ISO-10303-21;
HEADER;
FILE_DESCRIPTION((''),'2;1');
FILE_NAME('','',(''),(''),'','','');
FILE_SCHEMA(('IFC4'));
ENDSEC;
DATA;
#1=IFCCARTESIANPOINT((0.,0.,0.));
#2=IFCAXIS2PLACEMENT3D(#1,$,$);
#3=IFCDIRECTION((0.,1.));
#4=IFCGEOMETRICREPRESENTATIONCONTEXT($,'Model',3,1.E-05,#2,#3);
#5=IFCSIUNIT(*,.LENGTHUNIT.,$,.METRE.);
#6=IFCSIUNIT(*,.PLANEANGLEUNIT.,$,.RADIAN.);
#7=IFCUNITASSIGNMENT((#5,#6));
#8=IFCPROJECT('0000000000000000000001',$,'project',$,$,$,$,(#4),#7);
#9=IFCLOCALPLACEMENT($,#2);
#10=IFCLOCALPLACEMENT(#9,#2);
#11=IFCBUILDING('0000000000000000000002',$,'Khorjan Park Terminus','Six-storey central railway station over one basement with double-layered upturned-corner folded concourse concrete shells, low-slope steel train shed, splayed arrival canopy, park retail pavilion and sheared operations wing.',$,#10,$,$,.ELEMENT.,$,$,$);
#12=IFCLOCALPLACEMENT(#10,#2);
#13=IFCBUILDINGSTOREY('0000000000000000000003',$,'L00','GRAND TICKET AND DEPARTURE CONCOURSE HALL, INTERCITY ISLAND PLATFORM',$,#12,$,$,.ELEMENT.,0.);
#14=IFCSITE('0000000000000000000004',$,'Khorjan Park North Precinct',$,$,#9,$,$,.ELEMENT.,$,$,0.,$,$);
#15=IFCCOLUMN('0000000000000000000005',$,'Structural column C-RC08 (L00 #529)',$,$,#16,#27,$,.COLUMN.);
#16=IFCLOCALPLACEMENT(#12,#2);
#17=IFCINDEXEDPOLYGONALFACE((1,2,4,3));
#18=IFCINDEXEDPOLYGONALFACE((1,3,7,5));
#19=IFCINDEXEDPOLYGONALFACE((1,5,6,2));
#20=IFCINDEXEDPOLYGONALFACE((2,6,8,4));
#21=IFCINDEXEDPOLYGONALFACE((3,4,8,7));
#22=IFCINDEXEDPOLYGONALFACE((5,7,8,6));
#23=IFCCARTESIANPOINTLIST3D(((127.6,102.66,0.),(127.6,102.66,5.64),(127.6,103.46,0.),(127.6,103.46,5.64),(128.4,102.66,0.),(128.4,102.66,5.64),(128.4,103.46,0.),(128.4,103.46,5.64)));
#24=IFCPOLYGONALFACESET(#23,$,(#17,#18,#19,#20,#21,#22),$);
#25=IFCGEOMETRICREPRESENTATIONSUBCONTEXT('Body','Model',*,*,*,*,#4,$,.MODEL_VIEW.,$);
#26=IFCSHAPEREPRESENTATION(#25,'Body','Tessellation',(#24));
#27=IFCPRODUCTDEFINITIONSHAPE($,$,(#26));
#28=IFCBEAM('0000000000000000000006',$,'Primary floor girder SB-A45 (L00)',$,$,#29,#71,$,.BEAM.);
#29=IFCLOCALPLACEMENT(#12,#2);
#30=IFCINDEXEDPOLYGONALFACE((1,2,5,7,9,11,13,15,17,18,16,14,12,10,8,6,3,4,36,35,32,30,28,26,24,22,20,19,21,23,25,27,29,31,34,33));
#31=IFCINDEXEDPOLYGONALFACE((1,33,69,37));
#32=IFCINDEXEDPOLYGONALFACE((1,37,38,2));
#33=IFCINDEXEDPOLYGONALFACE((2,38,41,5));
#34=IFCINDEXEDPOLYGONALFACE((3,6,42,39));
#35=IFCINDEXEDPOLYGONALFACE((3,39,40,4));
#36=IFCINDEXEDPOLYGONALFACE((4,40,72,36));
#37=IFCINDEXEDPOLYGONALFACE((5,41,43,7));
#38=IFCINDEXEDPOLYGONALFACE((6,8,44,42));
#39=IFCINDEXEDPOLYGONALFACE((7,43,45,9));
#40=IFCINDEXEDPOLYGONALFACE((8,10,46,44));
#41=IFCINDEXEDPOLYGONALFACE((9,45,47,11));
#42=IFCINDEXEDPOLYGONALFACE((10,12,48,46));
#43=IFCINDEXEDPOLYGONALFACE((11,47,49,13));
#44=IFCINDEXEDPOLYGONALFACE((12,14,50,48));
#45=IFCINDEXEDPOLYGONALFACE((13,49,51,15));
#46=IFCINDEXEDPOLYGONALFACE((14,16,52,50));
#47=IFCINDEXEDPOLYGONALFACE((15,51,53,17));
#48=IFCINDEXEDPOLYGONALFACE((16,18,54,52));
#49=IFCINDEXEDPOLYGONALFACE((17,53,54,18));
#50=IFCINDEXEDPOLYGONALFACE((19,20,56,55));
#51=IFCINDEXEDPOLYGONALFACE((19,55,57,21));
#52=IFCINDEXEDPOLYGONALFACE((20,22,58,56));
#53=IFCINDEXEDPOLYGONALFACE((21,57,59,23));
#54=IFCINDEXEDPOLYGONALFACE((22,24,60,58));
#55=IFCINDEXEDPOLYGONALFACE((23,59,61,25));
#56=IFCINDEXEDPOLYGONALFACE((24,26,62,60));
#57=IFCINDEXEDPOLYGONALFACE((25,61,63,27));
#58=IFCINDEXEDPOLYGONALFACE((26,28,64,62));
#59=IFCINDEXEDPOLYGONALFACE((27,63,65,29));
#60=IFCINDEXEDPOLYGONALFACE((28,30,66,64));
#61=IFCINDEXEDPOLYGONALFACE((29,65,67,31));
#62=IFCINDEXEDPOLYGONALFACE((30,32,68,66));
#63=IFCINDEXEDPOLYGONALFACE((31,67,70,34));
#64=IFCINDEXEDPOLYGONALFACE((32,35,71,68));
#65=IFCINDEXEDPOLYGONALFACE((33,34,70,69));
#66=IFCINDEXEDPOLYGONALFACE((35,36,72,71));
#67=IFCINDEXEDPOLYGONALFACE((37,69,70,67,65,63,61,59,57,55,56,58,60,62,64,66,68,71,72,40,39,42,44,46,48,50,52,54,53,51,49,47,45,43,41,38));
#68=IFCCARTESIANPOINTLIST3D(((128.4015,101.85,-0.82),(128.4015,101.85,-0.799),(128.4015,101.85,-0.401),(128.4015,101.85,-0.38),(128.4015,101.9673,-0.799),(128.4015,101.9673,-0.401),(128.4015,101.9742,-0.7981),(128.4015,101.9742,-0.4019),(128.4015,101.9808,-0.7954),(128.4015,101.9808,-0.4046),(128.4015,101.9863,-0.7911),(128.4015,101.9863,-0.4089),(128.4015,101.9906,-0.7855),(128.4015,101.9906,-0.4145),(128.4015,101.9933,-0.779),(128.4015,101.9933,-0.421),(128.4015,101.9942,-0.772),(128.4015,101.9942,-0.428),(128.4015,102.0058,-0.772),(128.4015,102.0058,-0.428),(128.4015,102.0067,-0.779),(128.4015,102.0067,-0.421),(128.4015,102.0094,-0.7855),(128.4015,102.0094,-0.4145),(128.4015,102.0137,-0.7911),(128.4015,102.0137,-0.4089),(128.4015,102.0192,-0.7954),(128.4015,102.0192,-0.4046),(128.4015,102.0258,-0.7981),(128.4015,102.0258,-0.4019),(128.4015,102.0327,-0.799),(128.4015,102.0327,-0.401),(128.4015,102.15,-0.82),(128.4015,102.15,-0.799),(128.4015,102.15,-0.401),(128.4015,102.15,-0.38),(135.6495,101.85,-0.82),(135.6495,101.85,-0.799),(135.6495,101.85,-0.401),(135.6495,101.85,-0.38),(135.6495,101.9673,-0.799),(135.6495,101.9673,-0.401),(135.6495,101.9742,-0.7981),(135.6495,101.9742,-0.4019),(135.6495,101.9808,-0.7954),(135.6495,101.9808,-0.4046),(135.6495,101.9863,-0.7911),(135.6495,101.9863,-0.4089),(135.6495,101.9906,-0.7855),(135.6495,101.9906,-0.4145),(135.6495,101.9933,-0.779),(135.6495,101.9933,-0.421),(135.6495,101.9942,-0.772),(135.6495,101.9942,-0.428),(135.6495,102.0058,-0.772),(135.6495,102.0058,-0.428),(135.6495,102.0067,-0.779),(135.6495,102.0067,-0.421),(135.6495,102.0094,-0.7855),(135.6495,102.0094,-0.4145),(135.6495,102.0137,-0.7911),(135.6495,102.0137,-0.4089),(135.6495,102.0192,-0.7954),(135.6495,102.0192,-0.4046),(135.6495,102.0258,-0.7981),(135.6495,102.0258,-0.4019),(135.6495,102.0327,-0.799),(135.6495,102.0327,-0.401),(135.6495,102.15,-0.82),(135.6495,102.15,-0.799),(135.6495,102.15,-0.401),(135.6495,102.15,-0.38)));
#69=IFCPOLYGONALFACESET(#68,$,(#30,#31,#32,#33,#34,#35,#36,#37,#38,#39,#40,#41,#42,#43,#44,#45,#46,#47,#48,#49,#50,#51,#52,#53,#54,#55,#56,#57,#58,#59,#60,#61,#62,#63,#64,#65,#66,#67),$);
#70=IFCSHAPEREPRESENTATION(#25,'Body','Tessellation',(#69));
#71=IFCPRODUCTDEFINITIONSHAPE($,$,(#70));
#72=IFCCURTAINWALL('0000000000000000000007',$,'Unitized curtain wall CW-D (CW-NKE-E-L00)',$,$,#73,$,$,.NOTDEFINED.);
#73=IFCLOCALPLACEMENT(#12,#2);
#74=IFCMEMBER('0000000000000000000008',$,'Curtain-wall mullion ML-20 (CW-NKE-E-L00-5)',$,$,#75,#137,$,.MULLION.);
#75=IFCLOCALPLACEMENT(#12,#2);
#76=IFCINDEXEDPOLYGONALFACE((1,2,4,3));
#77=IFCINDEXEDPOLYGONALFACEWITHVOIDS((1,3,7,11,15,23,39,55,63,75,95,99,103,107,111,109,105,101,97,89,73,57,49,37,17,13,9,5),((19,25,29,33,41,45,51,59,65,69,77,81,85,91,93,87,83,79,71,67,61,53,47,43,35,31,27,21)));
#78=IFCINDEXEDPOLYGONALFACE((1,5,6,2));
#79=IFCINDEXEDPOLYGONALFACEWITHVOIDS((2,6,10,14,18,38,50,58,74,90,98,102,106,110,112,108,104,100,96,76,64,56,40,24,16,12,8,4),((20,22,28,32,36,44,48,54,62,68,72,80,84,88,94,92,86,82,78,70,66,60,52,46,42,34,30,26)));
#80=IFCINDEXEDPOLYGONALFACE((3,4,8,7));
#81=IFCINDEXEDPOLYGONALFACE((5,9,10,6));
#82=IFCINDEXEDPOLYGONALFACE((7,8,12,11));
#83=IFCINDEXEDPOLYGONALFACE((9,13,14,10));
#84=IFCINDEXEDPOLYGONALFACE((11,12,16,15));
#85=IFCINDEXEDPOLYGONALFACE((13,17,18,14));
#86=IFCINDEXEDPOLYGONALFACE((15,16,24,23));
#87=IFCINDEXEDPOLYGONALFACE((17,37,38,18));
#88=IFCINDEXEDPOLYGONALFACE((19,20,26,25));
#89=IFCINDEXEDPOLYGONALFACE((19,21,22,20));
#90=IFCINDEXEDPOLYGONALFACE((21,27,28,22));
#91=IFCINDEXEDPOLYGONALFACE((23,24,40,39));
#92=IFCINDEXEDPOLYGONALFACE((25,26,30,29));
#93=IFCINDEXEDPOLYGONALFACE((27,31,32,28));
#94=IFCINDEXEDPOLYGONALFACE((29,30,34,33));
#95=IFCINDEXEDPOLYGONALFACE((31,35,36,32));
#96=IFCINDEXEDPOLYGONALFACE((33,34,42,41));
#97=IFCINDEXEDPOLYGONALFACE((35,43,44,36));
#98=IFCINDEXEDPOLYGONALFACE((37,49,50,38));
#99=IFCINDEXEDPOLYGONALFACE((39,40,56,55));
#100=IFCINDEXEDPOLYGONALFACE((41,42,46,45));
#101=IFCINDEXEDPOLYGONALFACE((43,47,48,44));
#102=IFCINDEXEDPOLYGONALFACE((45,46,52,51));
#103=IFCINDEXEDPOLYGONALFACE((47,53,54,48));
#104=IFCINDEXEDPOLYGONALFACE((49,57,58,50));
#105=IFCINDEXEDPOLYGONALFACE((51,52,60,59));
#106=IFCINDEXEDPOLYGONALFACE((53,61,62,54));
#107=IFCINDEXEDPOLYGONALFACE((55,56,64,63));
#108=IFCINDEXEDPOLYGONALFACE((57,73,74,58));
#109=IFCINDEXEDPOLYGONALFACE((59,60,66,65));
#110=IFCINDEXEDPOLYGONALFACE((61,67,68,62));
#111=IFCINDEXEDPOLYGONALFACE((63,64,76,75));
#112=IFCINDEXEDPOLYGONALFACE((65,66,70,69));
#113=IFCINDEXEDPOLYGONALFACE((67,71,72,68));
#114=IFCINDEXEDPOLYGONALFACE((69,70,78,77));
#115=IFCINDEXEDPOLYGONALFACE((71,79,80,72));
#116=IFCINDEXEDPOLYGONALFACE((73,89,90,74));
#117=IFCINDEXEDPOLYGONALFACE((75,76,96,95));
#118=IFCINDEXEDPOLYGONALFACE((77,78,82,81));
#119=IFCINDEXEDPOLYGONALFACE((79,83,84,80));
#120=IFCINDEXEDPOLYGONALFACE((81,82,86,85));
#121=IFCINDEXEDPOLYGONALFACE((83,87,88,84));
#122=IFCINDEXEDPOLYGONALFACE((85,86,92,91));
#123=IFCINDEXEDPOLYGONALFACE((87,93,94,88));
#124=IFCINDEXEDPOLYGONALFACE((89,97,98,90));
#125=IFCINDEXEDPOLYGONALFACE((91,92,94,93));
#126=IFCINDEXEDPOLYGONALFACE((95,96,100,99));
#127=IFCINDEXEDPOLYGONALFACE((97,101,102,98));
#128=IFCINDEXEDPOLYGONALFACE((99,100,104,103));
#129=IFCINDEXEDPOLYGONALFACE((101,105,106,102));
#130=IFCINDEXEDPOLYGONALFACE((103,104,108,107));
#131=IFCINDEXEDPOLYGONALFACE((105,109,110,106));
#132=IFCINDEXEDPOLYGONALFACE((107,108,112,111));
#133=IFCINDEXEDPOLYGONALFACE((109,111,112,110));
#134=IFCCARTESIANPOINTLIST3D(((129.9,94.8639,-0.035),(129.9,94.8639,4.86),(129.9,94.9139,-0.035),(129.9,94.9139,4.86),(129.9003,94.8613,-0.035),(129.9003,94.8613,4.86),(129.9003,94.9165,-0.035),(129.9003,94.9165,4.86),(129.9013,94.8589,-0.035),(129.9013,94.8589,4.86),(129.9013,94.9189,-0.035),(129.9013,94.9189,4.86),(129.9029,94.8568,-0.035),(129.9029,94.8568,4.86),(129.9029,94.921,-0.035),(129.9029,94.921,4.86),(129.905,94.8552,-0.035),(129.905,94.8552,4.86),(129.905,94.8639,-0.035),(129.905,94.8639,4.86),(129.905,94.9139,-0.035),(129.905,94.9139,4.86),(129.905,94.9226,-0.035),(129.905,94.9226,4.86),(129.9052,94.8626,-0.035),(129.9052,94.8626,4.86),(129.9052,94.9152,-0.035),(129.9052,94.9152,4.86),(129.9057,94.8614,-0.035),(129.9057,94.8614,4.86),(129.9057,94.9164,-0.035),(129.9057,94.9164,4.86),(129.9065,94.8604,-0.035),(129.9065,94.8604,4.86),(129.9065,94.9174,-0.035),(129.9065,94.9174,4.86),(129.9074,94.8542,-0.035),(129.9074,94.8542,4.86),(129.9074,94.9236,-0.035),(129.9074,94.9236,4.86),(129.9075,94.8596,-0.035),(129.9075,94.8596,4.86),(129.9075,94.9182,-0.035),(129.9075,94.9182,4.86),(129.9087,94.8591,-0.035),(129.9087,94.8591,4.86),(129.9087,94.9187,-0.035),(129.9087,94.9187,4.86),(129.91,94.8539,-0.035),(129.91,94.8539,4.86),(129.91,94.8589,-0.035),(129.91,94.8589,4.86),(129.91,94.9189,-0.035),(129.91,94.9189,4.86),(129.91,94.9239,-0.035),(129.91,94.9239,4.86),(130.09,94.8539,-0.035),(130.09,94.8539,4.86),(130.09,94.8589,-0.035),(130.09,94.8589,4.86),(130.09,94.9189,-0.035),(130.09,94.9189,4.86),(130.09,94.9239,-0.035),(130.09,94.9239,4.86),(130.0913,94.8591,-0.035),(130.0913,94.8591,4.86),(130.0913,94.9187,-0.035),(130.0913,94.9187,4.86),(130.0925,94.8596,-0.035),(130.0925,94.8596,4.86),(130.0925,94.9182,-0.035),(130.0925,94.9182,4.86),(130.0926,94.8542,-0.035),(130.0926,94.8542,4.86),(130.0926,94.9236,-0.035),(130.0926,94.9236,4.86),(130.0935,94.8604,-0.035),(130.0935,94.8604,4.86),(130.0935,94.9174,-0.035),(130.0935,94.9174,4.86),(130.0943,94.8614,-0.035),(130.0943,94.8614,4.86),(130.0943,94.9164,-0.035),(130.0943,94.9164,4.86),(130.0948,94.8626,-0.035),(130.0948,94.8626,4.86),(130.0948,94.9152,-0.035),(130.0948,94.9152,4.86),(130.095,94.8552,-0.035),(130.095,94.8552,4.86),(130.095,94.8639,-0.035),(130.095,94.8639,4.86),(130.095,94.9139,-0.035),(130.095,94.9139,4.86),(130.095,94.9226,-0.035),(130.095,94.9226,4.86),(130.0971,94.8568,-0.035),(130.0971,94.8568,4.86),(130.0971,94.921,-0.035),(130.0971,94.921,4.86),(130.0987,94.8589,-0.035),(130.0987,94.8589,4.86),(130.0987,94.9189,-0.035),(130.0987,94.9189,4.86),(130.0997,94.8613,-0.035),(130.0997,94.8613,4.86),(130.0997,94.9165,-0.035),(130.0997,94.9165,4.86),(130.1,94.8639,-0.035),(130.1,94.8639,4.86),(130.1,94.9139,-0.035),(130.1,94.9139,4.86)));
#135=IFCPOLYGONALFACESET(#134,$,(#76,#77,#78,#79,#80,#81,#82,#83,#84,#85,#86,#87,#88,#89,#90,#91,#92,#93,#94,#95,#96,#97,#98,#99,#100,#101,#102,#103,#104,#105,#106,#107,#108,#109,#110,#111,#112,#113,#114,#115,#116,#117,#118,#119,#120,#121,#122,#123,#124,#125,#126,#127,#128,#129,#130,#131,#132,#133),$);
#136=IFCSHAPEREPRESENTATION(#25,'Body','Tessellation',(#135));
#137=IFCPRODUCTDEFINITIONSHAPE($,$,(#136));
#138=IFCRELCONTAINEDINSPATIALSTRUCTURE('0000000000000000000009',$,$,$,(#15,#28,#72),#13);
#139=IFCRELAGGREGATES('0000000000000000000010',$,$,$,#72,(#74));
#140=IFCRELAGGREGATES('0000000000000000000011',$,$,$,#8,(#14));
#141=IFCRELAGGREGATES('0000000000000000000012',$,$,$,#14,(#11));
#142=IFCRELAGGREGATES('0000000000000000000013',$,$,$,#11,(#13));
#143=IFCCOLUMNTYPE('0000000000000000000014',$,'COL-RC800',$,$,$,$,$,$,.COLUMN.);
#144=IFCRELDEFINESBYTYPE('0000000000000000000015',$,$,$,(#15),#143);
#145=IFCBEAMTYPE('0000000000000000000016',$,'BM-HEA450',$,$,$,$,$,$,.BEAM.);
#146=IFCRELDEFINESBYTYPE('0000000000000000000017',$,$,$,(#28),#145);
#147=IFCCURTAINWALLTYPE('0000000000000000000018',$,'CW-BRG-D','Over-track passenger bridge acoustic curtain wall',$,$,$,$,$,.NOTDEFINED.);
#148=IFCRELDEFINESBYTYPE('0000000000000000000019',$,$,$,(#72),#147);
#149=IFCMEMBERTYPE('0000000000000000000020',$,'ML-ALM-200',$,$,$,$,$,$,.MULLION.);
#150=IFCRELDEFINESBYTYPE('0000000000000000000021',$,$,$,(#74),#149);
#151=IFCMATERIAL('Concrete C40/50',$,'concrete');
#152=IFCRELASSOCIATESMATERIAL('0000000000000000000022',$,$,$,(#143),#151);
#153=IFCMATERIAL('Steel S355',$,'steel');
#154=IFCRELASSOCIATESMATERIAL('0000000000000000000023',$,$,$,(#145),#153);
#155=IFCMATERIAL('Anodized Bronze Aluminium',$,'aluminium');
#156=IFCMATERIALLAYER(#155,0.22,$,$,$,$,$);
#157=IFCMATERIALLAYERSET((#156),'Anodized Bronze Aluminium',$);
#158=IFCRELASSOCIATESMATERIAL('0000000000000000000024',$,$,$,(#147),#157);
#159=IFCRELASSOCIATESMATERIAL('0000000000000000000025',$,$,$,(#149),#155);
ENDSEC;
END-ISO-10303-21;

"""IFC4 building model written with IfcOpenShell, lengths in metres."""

from ifc_helpers import new_model, si_unit, direction, frame, origin, origin_2d, place, context, subcontext, project, spatial, rectangle, hollow_rectangle, i_section, extrude, material, layer, layer_set, material_profile, profile_set, type_object, element, aggregate, save


model = new_model("IFC4")

# Units and contexts
model_context = context("Model", 3, precision=1e-05, world=origin(), true_north=direction((0.0, 1.0)))
body_context = subcontext(model_context, "Body", "Model", "MODEL_VIEW")
ifc_project = project(units=[si_unit("LENGTHUNIT", "METRE"), si_unit("PLANEANGLEUNIT", "RADIAN")], contexts=[model_context])

# Site, building, storey
site_placement = place(None, origin())
site = spatial("IfcSite", under=ifc_project, at=site_placement, Name="Khorjan Park North Precinct", CompositionType="ELEMENT", RefElevation=0.0)
building_placement = place(site_placement, origin())
building = spatial("IfcBuilding", under=site, at=building_placement, Name="Khorjan Park Terminus", Description="Six-storey central railway station over one basement with double-layered upturned-corner folded concourse concrete shells, low-slope steel train shed, splayed arrival canopy, park retail pavilion and sheared operations wing.", CompositionType="ELEMENT")
storey_placement = place(building_placement, origin())
storey = spatial("IfcBuildingStorey", under=building, at=storey_placement, Name="L00", Description="GRAND TICKET AND DEPARTURE CONCOURSE HALL, INTERCITY ISLAND PLATFORM", CompositionType="ELEMENT", Elevation=0.0)

# Column
ifc_material_1 = material(Name="Concrete C40/50", Category="concrete")
ifc_material_profile_1 = material_profile(ifc_material_1, rectangle(XDim=0.8, YDim=0.8, at=origin_2d()), Name="RC 800x800")
ifc_profile_set_1 = profile_set([ifc_material_profile_1], Name="Concrete C40/50")
column_type = type_object("IfcColumnType", Name="COL-RC800", PredefinedType="COLUMN", material=ifc_profile_set_1)
column_placement = place(storey_placement, frame((128.0, 103.06, 0.0), z_axis=(0.0, 0.0, 1.0), x_axis=(1.0, 0.0, 0.0)))
element("IfcColumn", 1, at=column_placement, inside=storey, type_object=column_type, Name="Structural column C-RC08 (L00 #529)", PredefinedType="COLUMN", context=body_context, shape_type="SweptSolid", body=[
    extrude(rectangle(XDim=0.8, YDim=0.8, at=origin_2d()), origin(), (0.0, 0.0, 1.0), 5.64),
])

# Beam
ifc_material_2 = material(Name="Steel S355", Category="steel")
ifc_material_profile_2 = material_profile(ifc_material_2, i_section(OverallWidth=0.3, OverallDepth=0.44, WebThickness=0.0115, FlangeThickness=0.021, FilletRadius=0.027, at=origin_2d()), Name="HEA 450")
ifc_profile_set_2 = profile_set([ifc_material_profile_2], Name="Steel S355")
beam_type = type_object("IfcBeamType", Name="BM-HEA450", PredefinedType="BEAM", material=ifc_profile_set_2)
beam_placement = place(storey_placement, frame((128.4015, 102.0, -0.6), z_axis=(1.0, 0.0, 0.0), x_axis=(0.0, 1.0, 0.0)))
element("IfcBeam", 2, at=beam_placement, inside=storey, type_object=beam_type, Name="Primary floor girder SB-A45 (L00)", PredefinedType="BEAM", context=body_context, shape_type="SweptSolid", body=[
    extrude(i_section(OverallWidth=0.3, OverallDepth=0.44, WebThickness=0.0115, FlangeThickness=0.021, FilletRadius=0.027, at=origin_2d()), origin(), (0.0, 0.0, 1.0), 7.248),
])

# Curtain wall, member
ifc_material_3 = material(Name="Anodized Bronze Aluminium", Category="aluminium")
ifc_layer_1 = layer(ifc_material_3, 0.22)
ifc_layer_set_1 = layer_set([ifc_layer_1], Name="Anodized Bronze Aluminium")
curtain_wall_type = type_object("IfcCurtainWallType", Name="CW-BRG-D", Description="Over-track passenger bridge acoustic curtain wall", PredefinedType="NOTDEFINED", material=ifc_layer_set_1)
curtain_wall_placement = place(storey_placement, origin())
curtain_wall = element("IfcCurtainWall", 3, at=curtain_wall_placement, inside=storey, type_object=curtain_wall_type, Name="Unitized curtain wall CW-D (CW-NKE-E-L00)", PredefinedType="NOTDEFINED")
ifc_material_profile_3 = material_profile(ifc_material_3, hollow_rectangle(XDim=0.07, YDim=0.2, WallThickness=0.005, InnerFilletRadius=0.005, OuterFilletRadius=0.01, at=origin_2d()), Name="ALM 70x200x5")
ifc_profile_set_3 = profile_set([ifc_material_profile_3], Name="Anodized Bronze Aluminium")
member_type_1 = type_object("IfcMemberType", Name="ML-ALM-200", PredefinedType="MULLION", material=ifc_profile_set_3)
member_1_placement = place(storey_placement, frame((130.0, 94.8889, -0.035), z_axis=(0.0, 0.0, 1.0), x_axis=(0.0, 1.0, 0.0)))
member_1 = element("IfcMember", 4, at=member_1_placement, type_object=member_type_1, Name="Curtain-wall mullion ML-20 (CW-NKE-E-L00-5)", PredefinedType="MULLION", context=body_context, shape_type="SweptSolid", body=[
    extrude(hollow_rectangle(XDim=0.07, YDim=0.2, WallThickness=0.005, InnerFilletRadius=0.005, OuterFilletRadius=0.01, at=origin_2d()), origin(), (0.0, 0.0, 1.0), 4.895),
])
aggregate(curtain_wall, [member_1])

save(model, "model.ifc")
